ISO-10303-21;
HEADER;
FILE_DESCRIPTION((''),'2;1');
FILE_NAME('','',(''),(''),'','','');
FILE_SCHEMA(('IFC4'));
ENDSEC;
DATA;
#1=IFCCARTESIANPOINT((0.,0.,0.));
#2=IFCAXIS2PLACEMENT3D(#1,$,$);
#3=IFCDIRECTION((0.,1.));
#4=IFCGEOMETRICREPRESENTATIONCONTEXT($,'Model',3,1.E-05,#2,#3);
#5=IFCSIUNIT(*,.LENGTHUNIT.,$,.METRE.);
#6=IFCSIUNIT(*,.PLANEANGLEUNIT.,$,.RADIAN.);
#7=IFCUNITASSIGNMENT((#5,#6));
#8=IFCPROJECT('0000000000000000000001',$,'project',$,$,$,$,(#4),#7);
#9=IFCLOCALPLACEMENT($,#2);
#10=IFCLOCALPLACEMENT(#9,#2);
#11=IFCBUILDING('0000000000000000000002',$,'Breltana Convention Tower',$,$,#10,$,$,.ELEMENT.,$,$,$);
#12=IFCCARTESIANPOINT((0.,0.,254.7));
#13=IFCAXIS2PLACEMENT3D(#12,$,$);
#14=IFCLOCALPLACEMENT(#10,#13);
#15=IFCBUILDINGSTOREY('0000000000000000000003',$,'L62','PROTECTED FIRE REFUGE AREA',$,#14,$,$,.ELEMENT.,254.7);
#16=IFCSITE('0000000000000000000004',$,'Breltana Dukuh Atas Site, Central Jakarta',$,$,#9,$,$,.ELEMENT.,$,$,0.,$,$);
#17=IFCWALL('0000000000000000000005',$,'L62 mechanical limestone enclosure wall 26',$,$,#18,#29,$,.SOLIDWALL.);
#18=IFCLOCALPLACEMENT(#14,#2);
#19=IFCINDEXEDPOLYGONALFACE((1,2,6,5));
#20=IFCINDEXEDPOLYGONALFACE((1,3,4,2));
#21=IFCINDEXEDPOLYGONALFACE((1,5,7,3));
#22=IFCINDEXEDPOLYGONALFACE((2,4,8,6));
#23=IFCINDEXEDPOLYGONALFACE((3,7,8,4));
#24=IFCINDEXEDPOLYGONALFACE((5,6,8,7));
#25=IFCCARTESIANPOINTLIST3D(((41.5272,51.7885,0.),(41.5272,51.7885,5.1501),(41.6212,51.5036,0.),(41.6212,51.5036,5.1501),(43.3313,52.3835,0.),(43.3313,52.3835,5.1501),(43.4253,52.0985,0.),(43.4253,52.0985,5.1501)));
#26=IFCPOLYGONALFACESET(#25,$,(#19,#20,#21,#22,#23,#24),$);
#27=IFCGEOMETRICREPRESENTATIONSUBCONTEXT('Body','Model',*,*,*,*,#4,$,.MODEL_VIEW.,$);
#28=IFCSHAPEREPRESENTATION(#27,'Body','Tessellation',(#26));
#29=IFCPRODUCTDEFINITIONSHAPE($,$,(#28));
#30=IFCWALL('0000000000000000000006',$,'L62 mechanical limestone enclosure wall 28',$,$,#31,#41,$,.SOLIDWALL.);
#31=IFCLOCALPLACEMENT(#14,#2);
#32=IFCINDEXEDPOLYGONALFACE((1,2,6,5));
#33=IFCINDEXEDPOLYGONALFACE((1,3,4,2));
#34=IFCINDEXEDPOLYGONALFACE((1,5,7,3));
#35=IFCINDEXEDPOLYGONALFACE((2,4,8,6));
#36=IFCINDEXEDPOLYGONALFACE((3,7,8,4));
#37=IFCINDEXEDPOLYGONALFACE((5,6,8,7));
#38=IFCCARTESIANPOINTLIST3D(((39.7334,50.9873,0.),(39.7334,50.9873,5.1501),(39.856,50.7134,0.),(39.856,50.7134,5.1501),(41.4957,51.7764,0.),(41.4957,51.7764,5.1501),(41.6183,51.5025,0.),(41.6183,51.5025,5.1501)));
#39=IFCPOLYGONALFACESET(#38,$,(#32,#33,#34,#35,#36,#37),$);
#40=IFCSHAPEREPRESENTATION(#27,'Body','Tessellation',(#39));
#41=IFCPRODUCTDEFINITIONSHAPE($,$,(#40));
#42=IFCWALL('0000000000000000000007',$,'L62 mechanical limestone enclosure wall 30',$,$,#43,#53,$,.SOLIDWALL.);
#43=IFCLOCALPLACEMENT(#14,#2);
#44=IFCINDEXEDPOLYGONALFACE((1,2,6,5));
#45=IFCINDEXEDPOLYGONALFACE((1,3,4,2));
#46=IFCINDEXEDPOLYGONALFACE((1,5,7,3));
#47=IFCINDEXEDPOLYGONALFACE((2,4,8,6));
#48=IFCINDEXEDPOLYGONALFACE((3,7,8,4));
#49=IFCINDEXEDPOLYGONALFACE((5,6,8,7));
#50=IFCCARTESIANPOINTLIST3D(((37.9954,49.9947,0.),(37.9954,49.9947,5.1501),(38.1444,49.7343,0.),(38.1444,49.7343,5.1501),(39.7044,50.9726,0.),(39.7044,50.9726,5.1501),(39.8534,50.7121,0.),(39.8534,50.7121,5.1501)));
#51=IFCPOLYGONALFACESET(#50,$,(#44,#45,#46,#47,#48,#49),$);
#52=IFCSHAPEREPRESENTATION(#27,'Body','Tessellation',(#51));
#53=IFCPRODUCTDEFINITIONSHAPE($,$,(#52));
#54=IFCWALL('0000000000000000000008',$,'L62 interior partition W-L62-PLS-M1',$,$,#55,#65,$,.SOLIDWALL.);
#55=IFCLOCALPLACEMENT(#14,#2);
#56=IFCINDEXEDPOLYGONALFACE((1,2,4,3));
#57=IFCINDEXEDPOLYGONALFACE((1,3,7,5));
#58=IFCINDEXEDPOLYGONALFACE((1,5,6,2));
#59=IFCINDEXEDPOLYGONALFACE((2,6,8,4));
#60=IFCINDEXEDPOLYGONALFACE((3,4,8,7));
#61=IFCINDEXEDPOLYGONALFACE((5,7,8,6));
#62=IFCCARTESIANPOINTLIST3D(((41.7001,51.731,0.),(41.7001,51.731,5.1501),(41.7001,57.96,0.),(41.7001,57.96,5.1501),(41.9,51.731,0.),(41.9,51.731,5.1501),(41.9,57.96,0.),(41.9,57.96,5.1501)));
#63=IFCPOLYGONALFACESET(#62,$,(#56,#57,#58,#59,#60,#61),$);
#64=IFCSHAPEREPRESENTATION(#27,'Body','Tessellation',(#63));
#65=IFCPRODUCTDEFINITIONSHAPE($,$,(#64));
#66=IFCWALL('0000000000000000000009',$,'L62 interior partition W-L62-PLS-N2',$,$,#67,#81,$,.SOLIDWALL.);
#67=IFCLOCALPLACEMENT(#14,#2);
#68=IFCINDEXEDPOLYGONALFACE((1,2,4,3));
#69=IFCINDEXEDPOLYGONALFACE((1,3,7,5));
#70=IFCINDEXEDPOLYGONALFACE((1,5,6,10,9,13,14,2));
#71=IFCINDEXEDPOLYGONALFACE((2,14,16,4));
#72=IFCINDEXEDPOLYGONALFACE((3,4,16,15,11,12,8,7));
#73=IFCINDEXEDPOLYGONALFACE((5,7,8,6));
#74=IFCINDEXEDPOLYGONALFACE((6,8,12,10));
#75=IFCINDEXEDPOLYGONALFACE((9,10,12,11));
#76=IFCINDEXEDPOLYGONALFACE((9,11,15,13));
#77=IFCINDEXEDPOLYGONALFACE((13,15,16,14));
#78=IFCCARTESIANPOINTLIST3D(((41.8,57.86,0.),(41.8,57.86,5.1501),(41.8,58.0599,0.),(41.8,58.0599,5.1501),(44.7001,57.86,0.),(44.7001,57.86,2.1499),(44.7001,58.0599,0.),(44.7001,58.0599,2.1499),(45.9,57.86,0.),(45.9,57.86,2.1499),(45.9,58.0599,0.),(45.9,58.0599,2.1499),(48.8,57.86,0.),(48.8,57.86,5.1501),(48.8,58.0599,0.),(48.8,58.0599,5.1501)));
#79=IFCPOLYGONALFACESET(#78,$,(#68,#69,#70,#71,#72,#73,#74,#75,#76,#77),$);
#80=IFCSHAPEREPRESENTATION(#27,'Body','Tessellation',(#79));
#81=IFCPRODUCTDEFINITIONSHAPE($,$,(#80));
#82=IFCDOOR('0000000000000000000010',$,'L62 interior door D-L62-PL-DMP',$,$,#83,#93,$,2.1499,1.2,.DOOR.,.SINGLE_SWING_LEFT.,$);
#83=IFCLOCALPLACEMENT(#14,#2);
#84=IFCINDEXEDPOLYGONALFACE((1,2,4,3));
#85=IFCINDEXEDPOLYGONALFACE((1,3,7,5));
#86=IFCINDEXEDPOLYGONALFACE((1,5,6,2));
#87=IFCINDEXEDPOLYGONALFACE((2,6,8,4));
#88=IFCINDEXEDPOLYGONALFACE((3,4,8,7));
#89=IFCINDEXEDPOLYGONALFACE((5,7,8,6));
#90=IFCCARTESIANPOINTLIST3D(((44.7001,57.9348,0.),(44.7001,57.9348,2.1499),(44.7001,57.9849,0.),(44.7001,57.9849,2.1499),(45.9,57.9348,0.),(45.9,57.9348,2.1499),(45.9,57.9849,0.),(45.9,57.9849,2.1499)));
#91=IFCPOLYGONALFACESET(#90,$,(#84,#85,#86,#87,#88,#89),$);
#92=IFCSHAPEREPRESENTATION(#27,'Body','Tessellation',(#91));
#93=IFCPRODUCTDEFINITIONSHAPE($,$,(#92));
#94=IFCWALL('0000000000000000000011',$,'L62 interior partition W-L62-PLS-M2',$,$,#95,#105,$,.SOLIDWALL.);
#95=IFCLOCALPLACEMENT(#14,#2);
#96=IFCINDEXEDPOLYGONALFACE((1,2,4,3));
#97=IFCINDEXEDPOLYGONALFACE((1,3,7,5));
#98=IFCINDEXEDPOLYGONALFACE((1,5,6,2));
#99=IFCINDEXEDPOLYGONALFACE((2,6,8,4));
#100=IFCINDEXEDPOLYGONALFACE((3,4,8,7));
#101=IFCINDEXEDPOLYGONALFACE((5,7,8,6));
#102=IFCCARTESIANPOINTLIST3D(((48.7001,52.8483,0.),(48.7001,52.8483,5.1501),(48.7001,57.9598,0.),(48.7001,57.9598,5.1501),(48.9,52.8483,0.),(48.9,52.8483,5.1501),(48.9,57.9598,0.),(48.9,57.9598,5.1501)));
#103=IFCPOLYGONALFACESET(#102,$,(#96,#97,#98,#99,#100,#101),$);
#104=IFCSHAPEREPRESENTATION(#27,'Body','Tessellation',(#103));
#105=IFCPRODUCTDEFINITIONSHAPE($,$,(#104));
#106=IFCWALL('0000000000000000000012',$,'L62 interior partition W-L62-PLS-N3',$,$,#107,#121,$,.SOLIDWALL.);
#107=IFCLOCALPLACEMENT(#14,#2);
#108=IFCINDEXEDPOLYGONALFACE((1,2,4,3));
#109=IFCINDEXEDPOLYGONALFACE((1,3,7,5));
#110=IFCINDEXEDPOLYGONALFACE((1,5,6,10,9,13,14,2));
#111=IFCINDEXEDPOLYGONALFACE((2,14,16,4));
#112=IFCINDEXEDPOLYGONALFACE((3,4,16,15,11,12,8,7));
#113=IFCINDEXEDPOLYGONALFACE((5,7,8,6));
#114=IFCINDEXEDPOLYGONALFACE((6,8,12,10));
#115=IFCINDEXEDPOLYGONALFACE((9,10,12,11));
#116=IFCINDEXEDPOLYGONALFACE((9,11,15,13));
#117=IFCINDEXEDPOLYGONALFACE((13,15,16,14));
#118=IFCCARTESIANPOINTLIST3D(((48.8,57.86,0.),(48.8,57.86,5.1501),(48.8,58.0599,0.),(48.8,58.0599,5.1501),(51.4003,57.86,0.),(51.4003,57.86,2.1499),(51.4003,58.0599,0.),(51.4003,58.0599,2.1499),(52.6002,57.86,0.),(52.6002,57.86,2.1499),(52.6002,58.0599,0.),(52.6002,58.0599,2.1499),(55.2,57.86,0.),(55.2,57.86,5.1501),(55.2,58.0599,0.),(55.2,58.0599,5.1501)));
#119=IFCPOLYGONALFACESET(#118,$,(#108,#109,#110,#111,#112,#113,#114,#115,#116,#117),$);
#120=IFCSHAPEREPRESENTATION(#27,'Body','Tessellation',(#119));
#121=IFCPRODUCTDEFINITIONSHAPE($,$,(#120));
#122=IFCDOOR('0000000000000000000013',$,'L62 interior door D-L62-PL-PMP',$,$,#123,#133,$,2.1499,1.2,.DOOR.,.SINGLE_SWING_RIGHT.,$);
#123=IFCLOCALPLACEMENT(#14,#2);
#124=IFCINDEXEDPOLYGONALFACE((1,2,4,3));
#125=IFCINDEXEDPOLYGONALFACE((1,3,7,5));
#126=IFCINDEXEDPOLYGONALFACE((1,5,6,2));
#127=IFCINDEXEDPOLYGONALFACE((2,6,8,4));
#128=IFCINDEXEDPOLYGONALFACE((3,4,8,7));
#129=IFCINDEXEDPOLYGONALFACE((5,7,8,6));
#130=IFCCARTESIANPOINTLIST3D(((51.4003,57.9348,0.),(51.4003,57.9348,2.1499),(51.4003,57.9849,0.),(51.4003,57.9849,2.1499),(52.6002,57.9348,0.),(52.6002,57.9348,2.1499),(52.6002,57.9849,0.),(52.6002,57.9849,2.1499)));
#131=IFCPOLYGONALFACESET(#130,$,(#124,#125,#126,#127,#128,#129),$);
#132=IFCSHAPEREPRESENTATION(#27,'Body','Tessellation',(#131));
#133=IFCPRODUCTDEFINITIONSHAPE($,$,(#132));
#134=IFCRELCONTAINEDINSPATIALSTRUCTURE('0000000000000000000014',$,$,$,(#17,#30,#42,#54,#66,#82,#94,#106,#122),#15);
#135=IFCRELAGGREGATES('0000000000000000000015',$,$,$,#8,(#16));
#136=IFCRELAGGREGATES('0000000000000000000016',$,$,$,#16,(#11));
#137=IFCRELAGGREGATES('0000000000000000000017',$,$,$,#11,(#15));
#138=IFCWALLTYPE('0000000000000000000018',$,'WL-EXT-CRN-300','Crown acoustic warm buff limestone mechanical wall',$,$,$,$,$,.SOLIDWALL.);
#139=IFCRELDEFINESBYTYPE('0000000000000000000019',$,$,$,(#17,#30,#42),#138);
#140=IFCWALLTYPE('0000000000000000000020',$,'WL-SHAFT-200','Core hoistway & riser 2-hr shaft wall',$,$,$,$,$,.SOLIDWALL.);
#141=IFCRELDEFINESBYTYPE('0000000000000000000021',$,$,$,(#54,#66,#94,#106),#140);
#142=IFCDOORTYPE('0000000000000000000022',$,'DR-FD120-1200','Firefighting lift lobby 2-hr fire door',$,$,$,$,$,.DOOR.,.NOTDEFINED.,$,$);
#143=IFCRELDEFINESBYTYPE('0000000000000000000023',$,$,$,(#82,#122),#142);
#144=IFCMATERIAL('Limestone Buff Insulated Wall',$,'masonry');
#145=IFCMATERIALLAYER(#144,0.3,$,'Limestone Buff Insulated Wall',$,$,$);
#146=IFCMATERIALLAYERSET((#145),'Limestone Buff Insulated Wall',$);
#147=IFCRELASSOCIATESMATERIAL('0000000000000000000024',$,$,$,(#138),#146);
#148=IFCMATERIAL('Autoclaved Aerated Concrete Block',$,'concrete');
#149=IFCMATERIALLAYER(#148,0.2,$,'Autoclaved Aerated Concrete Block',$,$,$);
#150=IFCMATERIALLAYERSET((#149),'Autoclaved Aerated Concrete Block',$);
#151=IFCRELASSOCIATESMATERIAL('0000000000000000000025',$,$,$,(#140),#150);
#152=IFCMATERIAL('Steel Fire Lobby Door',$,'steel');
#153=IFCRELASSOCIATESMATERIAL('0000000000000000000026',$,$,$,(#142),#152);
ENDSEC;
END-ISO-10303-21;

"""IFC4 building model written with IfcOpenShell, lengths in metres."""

from ifc_helpers import new_model, si_unit, direction, frame, frame_2d, origin, place, context, subcontext, project, spatial, rectangle, extrude, source, transform, mapped, material, layer, layer_set, type_object, type_shapes, element, fill, save


model = new_model("IFC4")

# Units and contexts
model_context = context("Model", 3, precision=1e-05, world=origin(), true_north=direction((0.0, 1.0)))
body_context = subcontext(model_context, "Body", "Model", "MODEL_VIEW")
ifc_project = project(units=[si_unit("LENGTHUNIT", "METRE"), si_unit("PLANEANGLEUNIT", "RADIAN")], contexts=[model_context])

# Site, building, storey
site_placement = place(None, origin())
site = spatial("IfcSite", under=ifc_project, at=site_placement, Name="Breltana Dukuh Atas Site, Central Jakarta", CompositionType="ELEMENT", RefElevation=0.0)
building_placement = place(site_placement, origin())
building = spatial("IfcBuilding", under=site, at=building_placement, Name="Breltana Convention Tower", CompositionType="ELEMENT")
storey_placement = place(building_placement, frame((0.0, 0.0, 254.7)))
storey = spatial("IfcBuildingStorey", under=building, at=storey_placement, Name="L62", Description="PROTECTED FIRE REFUGE AREA", CompositionType="ELEMENT", Elevation=254.7)

# Walls
ifc_material_1 = material(Name="Limestone Buff Insulated Wall", Category="masonry")
ifc_layer_1 = layer(ifc_material_1, 0.3, Name="Limestone Buff Insulated Wall")
ifc_layer_set_1 = layer_set([ifc_layer_1], Name="Limestone Buff Insulated Wall")
wall_type_1 = type_object("IfcWallType", Name="WL-EXT-CRN-300", Description="Crown acoustic warm buff limestone mechanical wall", PredefinedType="SOLIDWALL", material=ifc_layer_set_1)
shared_shape_1 = source(origin(), body_context, "Body", "SweptSolid", [
    extrude(rectangle(XDim=1.8997, YDim=0.3, at=frame_2d((0.9497, 0.0))), origin(), (0.0, 0.0, 1.0), 5.1501),
])
wall_1_placement = place(storey_placement, frame((43.3782, 52.241, 0.0), z_axis=(0.0, 0.0, 1.0), x_axis=(-0.949694, -0.31318, 0.0)))
element("IfcWall", 1, at=wall_1_placement, inside=storey, type_object=wall_type_1, Name="L62 mechanical limestone enclosure wall 26", PredefinedType="SOLIDWALL", context=body_context, shape_type="MappedRepresentation", body=[
    mapped(shared_shape_1, transform((0.0, 0.0, 0.0), scale=1.0)),
])
shared_shape_2 = source(origin(), body_context, "Body", "SweptSolid", [
    extrude(rectangle(XDim=1.9309, YDim=0.3, at=frame_2d((0.9653, 0.0))), origin(), (0.0, 0.0, 1.0), 5.1501),
])
wall_2_placement = place(storey_placement, frame((41.5569, 51.6394, 0.0), z_axis=(0.0, 0.0, 1.0), x_axis=(-0.912682, -0.408671, 0.0)))
element("IfcWall", 2, at=wall_2_placement, inside=storey, type_object=wall_type_1, Name="L62 mechanical limestone enclosure wall 28", PredefinedType="SOLIDWALL", context=body_context, shape_type="MappedRepresentation", body=[
    mapped(shared_shape_2, transform((0.0, 0.0, 0.0), scale=1.0)),
])
shared_shape_3 = source(origin(), body_context, "Body", "SweptSolid", [
    extrude(rectangle(XDim=1.969, YDim=0.3, at=frame_2d((0.9844, 0.0))), origin(), (0.0, 0.0, 1.0), 5.1501),
])
wall_3_placement = place(storey_placement, frame((39.7788, 50.8423, 0.0), z_axis=(0.0, 0.0, 1.0), x_axis=(-0.867976, -0.496606, 0.0)))
element("IfcWall", 3, at=wall_3_placement, inside=storey, type_object=wall_type_1, Name="L62 mechanical limestone enclosure wall 30", PredefinedType="SOLIDWALL", context=body_context, shape_type="MappedRepresentation", body=[
    mapped(shared_shape_3, transform((0.0, 0.0, 0.0), scale=1.0)),
])
ifc_material_2 = material(Name="Autoclaved Aerated Concrete Block", Category="concrete")
ifc_layer_2 = layer(ifc_material_2, 0.2, Name="Autoclaved Aerated Concrete Block")
ifc_layer_set_2 = layer_set([ifc_layer_2], Name="Autoclaved Aerated Concrete Block")
wall_type_2 = type_object("IfcWallType", Name="WL-SHAFT-200", Description="Core hoistway & riser 2-hr shaft wall", PredefinedType="SOLIDWALL", material=ifc_layer_set_2)
shared_shape_4 = source(origin(), body_context, "Body", "SweptSolid", [
    extrude(rectangle(XDim=6.229, YDim=0.2, at=frame_2d((3.1145, 0.0))), origin(), (0.0, 0.0, 1.0), 5.1501),
])
wall_4_placement = place(storey_placement, frame((41.8, 51.731, 0.0), z_axis=(0.0, 0.0, 1.0), x_axis=(0.0, 1.0, 0.0)))
element("IfcWall", 4, at=wall_4_placement, inside=storey, type_object=wall_type_2, Name="L62 interior partition W-L62-PLS-M1", PredefinedType="SOLIDWALL", context=body_context, shape_type="MappedRepresentation", body=[
    mapped(shared_shape_4, transform((0.0, 0.0, 0.0), scale=1.0)),
])

# Wall, opening, door
shared_shape_5 = source(origin(), body_context, "Body", "SweptSolid", [
    extrude(rectangle(XDim=7.0, YDim=0.2, at=frame_2d((3.5, 0.0))), origin(), (0.0, 0.0, 1.0), 5.1501),
])
wall_5_placement = place(storey_placement, frame((41.8, 57.96, 0.0), z_axis=(0.0, 0.0, 1.0), x_axis=(1.0, 0.0, 0.0)))
wall_5 = element("IfcWall", 5, at=wall_5_placement, inside=storey, type_object=wall_type_2, Name="L62 interior partition W-L62-PLS-N2", PredefinedType="SOLIDWALL", context=body_context, shape_type="MappedRepresentation", body=[
    mapped(shared_shape_5, transform((0.0, 0.0, 0.0), scale=1.0)),
])
opening_1_placement = place(wall_5_placement, frame((2.8999, 0.0, 0.0)))
opening_1 = element("IfcOpeningElement", 6, at=opening_1_placement, cuts=wall_5, PredefinedType="OPENING", context=body_context, shape_type="SweptSolid", body=[
    extrude(rectangle(XDim=1.2, YDim=2.1499, at=frame_2d((0.6001, 1.075))), frame((0.0, 0.1099, 0.0), z_axis=(0.0, -1.0, 0.0), x_axis=(1.0, 0.0, 0.0)), (0.0, 0.0, 1.0), 0.22),
])
ifc_material_3 = material(Name="Steel Fire Lobby Door", Category="steel")
door_type = type_object("IfcDoorType", Name="DR-FD120-1200", Description="Firefighting lift lobby 2-hr fire door", OperationType="NOTDEFINED", PredefinedType="DOOR", material=ifc_material_3)
shared_shape_6 = source(origin(), body_context, "Body", "SweptSolid", [
    extrude(rectangle(XDim=1.2, YDim=2.1499, at=frame_2d((0.6001, 1.075))), frame((0.0, 0.0249, 0.0), z_axis=(0.0, -1.0, 0.0), x_axis=(1.0, 0.0, 0.0)), (0.0, 0.0, 1.0), 0.05),
])
type_shapes(door_type, [shared_shape_6])
door_1_placement = place(opening_1_placement, origin())
door_1 = element("IfcDoor", 7, at=door_1_placement, inside=storey, type_object=door_type, Name="L62 interior door D-L62-PL-DMP", OperationType="SINGLE_SWING_LEFT", OverallHeight=2.1499, OverallWidth=1.2, PredefinedType="DOOR", context=body_context, shape_type="MappedRepresentation", body=[
    mapped(shared_shape_6, transform((0.0, 0.0, 0.0), scale=1.0)),
])
fill(opening_1, door_1)

# Wall
shared_shape_7 = source(origin(), body_context, "Body", "SweptSolid", [
    extrude(rectangle(XDim=5.1116, YDim=0.2, at=frame_2d((2.5557, 0.0))), origin(), (0.0, 0.0, 1.0), 5.1501),
])
wall_6_placement = place(storey_placement, frame((48.8, 52.8484, 0.0), z_axis=(0.0, 0.0, 1.0), x_axis=(0.0, 1.0, 0.0)))
element("IfcWall", 8, at=wall_6_placement, inside=storey, type_object=wall_type_2, Name="L62 interior partition W-L62-PLS-M2", PredefinedType="SOLIDWALL", context=body_context, shape_type="MappedRepresentation", body=[
    mapped(shared_shape_7, transform((0.0, 0.0, 0.0), scale=1.0)),
])

# Wall, opening, door
shared_shape_8 = source(origin(), body_context, "Body", "SweptSolid", [
    extrude(rectangle(XDim=6.3999, YDim=0.2, at=frame_2d((3.2, 0.0))), origin(), (0.0, 0.0, 1.0), 5.1501),
])
wall_7_placement = place(storey_placement, frame((48.8, 57.96, 0.0), z_axis=(0.0, 0.0, 1.0), x_axis=(1.0, 0.0, 0.0)))
wall_7 = element("IfcWall", 9, at=wall_7_placement, inside=storey, type_object=wall_type_2, Name="L62 interior partition W-L62-PLS-N3", PredefinedType="SOLIDWALL", context=body_context, shape_type="MappedRepresentation", body=[
    mapped(shared_shape_8, transform((0.0, 0.0, 0.0), scale=1.0)),
])
opening_2_placement = place(wall_7_placement, frame((2.6001, 0.0, 0.0)))
opening_2 = element("IfcOpeningElement", 10, at=opening_2_placement, cuts=wall_7, PredefinedType="OPENING", context=body_context, shape_type="SweptSolid", body=[
    extrude(rectangle(XDim=1.2, YDim=2.1499, at=frame_2d((0.6001, 1.075))), frame((0.0, 0.1099, 0.0), z_axis=(0.0, -1.0, 0.0), x_axis=(1.0, 0.0, 0.0)), (0.0, 0.0, 1.0), 0.22),
])
door_2_placement = place(opening_2_placement, origin())
door_2 = element("IfcDoor", 11, at=door_2_placement, inside=storey, type_object=door_type, Name="L62 interior door D-L62-PL-PMP", OperationType="SINGLE_SWING_RIGHT", OverallHeight=2.1499, OverallWidth=1.2, PredefinedType="DOOR", context=body_context, shape_type="MappedRepresentation", body=[
    mapped(shared_shape_6, transform((0.0, 0.0, 0.0), scale=1.0)),
])
fill(opening_2, door_2)

save(model, "model.ifc")
